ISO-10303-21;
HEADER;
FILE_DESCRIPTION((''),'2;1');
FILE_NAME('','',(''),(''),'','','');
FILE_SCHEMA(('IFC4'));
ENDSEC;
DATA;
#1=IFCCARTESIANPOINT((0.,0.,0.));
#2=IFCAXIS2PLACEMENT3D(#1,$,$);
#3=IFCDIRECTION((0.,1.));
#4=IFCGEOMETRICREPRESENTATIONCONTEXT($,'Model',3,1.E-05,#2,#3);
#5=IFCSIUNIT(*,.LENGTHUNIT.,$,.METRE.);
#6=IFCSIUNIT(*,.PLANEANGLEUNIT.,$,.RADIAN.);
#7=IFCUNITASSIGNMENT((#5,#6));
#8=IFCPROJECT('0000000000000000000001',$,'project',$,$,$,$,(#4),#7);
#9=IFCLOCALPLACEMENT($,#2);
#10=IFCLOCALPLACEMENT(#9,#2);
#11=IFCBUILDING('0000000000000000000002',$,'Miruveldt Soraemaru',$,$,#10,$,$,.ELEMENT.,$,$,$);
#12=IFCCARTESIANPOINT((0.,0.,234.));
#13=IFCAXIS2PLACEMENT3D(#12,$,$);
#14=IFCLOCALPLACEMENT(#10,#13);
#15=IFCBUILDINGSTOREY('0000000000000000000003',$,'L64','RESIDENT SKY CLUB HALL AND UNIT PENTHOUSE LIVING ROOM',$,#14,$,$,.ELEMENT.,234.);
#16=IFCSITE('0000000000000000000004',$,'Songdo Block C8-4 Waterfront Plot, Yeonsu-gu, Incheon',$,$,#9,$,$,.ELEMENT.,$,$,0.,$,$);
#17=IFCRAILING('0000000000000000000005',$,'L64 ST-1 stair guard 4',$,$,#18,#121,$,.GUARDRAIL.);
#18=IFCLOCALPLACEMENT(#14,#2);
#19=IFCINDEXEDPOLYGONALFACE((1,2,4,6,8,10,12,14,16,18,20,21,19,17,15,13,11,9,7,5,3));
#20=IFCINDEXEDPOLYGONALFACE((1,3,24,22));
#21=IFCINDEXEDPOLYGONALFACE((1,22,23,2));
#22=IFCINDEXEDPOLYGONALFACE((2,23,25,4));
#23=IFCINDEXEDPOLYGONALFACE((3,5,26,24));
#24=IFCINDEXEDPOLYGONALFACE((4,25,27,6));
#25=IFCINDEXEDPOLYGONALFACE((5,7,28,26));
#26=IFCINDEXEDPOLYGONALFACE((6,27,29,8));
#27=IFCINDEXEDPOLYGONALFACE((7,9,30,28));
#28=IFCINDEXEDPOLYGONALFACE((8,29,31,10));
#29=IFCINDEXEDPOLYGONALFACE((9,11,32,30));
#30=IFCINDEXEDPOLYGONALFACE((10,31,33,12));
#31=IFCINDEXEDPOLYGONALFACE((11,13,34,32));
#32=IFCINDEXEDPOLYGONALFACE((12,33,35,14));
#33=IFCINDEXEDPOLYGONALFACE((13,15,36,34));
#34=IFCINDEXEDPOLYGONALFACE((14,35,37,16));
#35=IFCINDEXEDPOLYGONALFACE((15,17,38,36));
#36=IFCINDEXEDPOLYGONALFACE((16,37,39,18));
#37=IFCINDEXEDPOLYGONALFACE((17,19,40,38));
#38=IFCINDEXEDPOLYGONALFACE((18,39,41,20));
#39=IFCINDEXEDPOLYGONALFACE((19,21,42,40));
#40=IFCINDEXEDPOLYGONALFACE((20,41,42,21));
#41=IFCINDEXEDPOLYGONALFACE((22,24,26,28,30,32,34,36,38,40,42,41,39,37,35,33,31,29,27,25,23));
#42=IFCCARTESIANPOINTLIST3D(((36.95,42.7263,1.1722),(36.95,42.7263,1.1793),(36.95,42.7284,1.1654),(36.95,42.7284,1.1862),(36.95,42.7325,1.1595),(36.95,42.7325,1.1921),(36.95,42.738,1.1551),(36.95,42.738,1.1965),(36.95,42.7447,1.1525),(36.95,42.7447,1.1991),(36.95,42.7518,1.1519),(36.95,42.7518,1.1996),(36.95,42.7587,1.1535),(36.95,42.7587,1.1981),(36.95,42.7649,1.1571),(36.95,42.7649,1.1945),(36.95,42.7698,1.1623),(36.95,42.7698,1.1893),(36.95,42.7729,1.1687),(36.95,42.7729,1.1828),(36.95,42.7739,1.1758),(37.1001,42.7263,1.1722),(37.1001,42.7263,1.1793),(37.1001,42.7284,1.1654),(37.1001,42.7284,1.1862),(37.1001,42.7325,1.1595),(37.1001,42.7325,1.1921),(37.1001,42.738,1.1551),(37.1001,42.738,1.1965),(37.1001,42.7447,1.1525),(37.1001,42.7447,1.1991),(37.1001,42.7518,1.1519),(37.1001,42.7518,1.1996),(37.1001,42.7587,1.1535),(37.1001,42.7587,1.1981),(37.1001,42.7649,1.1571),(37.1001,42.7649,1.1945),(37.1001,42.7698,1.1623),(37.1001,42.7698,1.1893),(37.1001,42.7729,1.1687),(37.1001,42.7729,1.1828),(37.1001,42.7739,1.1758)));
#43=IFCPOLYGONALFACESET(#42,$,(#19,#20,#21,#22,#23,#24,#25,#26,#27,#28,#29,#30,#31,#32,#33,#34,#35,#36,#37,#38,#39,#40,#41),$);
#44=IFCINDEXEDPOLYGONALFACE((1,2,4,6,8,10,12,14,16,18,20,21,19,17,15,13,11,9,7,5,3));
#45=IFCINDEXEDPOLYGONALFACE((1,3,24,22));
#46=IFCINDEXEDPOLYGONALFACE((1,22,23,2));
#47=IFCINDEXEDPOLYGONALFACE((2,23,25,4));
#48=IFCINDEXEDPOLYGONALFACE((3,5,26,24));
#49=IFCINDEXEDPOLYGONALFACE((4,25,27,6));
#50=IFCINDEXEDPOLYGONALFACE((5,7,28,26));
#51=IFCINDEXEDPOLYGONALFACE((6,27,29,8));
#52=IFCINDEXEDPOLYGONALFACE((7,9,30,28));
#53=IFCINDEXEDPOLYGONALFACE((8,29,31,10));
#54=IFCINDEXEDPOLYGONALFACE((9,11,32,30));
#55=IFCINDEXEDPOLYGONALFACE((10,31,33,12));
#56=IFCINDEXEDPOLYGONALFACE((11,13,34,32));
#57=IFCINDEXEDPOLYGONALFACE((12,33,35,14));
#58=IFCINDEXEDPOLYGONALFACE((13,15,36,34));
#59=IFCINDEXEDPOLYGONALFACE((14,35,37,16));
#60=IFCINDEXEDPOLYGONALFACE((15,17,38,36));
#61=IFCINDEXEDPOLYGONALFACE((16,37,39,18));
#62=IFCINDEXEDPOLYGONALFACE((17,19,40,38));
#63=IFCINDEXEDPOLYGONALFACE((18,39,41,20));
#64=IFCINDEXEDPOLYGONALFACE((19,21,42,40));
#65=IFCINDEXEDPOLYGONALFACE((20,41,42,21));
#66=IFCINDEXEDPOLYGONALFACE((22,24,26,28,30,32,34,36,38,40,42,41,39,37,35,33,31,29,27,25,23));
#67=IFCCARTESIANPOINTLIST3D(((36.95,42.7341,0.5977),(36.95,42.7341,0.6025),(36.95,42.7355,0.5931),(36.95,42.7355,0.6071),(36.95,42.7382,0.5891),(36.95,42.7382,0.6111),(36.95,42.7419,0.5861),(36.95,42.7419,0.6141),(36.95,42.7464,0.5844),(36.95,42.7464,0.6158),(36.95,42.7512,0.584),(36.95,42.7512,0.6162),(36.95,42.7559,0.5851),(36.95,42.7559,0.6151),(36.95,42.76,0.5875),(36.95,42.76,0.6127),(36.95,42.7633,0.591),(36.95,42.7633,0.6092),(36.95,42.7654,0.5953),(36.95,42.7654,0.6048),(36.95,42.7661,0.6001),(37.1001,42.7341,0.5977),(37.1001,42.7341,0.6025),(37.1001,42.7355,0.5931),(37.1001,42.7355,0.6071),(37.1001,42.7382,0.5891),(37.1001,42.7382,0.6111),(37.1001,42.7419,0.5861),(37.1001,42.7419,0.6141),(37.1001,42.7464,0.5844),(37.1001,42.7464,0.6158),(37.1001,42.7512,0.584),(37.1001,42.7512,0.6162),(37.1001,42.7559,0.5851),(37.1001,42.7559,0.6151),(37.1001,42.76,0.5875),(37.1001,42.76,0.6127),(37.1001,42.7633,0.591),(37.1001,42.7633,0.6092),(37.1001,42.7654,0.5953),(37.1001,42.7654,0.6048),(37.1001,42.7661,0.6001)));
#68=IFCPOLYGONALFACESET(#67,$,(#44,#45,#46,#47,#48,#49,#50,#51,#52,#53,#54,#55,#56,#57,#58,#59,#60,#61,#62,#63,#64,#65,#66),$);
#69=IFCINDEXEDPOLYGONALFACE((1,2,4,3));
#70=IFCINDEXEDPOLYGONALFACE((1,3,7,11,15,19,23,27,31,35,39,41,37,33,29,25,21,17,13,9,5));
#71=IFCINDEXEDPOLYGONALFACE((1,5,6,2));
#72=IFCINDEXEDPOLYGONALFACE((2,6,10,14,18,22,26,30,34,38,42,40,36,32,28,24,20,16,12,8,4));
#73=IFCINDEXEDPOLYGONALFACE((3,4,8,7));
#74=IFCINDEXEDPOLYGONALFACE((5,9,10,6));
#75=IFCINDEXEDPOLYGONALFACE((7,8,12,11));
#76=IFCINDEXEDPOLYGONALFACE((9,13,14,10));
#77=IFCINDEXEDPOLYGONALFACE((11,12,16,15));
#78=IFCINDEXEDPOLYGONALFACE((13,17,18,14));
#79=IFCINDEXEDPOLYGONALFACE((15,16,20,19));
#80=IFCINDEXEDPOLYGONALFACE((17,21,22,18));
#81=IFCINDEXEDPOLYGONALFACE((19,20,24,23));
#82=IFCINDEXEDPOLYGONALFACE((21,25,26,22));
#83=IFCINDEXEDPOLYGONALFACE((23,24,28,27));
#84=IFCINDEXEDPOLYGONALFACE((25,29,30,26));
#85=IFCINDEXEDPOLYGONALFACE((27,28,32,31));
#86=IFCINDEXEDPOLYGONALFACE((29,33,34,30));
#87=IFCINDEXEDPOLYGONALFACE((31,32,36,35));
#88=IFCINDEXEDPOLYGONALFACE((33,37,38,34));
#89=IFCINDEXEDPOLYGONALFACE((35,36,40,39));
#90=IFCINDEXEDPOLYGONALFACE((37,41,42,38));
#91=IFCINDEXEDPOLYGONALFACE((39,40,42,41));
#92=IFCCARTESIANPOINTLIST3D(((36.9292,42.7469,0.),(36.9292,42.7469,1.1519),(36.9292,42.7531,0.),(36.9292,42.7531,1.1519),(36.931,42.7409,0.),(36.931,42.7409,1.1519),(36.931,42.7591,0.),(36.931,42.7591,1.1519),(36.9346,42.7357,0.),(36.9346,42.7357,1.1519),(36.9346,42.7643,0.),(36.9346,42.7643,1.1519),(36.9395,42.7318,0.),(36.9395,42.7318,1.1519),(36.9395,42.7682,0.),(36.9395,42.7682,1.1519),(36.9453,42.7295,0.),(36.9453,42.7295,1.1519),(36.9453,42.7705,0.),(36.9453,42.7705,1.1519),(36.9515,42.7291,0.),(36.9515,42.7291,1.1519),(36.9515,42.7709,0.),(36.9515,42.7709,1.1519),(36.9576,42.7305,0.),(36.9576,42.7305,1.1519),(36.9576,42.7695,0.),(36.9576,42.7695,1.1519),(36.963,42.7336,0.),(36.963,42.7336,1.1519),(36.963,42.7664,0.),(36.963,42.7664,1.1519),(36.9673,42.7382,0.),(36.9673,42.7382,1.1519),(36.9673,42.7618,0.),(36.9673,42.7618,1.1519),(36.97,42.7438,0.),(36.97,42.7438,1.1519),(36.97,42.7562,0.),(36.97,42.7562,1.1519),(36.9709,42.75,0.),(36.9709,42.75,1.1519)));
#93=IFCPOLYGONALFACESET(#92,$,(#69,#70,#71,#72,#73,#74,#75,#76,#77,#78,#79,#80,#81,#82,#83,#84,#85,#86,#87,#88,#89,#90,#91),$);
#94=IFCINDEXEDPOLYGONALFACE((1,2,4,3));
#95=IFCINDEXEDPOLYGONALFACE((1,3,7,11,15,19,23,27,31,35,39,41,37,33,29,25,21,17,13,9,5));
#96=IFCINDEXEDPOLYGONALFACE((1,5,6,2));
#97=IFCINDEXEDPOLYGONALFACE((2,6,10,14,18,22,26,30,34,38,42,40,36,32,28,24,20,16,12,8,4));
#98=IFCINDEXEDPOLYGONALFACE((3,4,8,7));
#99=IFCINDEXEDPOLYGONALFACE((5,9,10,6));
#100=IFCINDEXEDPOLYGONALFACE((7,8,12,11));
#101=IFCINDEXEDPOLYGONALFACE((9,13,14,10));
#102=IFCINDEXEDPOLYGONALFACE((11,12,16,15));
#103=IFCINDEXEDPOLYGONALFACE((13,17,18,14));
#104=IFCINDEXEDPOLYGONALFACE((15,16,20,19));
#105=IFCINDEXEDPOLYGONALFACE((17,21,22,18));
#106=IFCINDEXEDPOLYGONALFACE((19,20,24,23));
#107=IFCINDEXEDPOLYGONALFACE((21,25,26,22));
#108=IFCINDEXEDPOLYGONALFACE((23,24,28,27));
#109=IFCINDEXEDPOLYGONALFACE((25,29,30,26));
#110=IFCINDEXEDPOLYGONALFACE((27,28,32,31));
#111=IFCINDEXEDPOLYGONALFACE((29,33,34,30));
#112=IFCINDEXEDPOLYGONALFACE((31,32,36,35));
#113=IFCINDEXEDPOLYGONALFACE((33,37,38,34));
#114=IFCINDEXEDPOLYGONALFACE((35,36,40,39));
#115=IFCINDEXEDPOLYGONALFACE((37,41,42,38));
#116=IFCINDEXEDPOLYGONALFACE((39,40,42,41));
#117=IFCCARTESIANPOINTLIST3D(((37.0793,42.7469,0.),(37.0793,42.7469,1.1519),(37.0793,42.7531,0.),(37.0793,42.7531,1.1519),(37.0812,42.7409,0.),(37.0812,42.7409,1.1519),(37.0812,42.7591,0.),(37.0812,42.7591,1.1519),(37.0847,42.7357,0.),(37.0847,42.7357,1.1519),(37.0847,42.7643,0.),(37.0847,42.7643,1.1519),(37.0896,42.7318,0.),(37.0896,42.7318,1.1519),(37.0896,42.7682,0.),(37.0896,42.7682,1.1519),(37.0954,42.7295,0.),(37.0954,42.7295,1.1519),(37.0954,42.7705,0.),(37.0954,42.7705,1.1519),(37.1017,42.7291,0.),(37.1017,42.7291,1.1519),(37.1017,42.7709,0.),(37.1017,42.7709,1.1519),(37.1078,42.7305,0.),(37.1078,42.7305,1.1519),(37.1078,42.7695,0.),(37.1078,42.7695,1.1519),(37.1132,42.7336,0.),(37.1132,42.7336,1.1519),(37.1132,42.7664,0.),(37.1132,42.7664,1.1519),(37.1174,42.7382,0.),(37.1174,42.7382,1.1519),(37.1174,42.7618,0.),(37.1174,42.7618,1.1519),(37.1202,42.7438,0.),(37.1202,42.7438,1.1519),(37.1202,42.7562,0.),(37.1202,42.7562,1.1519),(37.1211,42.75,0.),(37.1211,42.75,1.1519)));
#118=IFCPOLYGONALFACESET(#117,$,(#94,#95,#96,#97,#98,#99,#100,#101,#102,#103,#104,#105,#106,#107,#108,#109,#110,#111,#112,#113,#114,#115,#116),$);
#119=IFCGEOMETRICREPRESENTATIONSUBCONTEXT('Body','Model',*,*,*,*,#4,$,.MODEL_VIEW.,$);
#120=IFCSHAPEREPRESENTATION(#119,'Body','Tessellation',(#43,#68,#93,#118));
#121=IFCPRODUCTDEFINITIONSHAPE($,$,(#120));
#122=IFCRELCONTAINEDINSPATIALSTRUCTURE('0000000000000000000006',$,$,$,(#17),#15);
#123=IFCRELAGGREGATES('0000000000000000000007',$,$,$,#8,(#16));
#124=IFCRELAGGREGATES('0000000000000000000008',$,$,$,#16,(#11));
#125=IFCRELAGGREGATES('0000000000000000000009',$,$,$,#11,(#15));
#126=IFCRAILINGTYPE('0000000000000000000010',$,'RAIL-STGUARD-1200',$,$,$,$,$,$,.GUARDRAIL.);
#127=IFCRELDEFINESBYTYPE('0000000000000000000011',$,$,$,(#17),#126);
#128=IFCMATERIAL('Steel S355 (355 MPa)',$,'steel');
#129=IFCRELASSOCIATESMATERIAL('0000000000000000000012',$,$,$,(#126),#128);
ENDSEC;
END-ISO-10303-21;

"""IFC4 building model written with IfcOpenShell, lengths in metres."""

from ifc_helpers import new_model, si_unit, direction, frame, origin, origin_2d, place, context, subcontext, project, spatial, circle, extrude, material, type_object, element, save


model = new_model("IFC4")

# Units and contexts
model_context = context("Model", 3, precision=1e-05, world=origin(), true_north=direction((0.0, 1.0)))
body_context = subcontext(model_context, "Body", "Model", "MODEL_VIEW")
ifc_project = project(units=[si_unit("LENGTHUNIT", "METRE"), si_unit("PLANEANGLEUNIT", "RADIAN")], contexts=[model_context])

# Site, building, storey
site_placement = place(None, origin())
site = spatial("IfcSite", under=ifc_project, at=site_placement, Name="Songdo Block C8-4 Waterfront Plot, Yeonsu-gu, Incheon", CompositionType="ELEMENT", RefElevation=0.0)
building_placement = place(site_placement, origin())
building = spatial("IfcBuilding", under=site, at=building_placement, Name="Miruveldt Soraemaru", CompositionType="ELEMENT")
storey_placement = place(building_placement, frame((0.0, 0.0, 234.0)))
storey = spatial("IfcBuildingStorey", under=building, at=storey_placement, Name="L64", Description="RESIDENT SKY CLUB HALL AND UNIT PENTHOUSE LIVING ROOM", CompositionType="ELEMENT", Elevation=234.0)

# Railing
ifc_material_1 = material(Name="Steel S355 (355 MPa)", Category="steel")
railing_type_1 = type_object("IfcRailingType", Name="RAIL-STGUARD-1200", PredefinedType="GUARDRAIL", material=ifc_material_1)
railing_1_placement = place(storey_placement, frame((36.95, 42.75, 0.0)))
element("IfcRailing", 1, at=railing_1_placement, inside=storey, type_object=railing_type_1, Name="L64 ST-1 stair guard 4", PredefinedType="GUARDRAIL", context=body_context, shape_type="SweptSolid", body=[
    extrude(circle(Radius=0.0239, at=origin_2d()), frame((0.0, 0.0, 1.1758), z_axis=(1.0, 0.0, 0.0), x_axis=(0.0, 1.0, 0.0)), (0.0, 0.0, 1.0), 0.1501),
    extrude(circle(Radius=0.0161, at=origin_2d()), frame((0.0, 0.0, 0.6001), z_axis=(1.0, 0.0, 0.0), x_axis=(0.0, 1.0, 0.0)), (0.0, 0.0, 1.0), 0.1501),
    extrude(circle(Radius=0.021, at=origin_2d()), origin(), (0.0, 0.0, 1.0), 1.1519),
    extrude(circle(Radius=0.021, at=origin_2d()), frame((0.1501, 0.0, 0.0)), (0.0, 0.0, 1.0), 1.1519),
])

save(model, "model.ifc")
